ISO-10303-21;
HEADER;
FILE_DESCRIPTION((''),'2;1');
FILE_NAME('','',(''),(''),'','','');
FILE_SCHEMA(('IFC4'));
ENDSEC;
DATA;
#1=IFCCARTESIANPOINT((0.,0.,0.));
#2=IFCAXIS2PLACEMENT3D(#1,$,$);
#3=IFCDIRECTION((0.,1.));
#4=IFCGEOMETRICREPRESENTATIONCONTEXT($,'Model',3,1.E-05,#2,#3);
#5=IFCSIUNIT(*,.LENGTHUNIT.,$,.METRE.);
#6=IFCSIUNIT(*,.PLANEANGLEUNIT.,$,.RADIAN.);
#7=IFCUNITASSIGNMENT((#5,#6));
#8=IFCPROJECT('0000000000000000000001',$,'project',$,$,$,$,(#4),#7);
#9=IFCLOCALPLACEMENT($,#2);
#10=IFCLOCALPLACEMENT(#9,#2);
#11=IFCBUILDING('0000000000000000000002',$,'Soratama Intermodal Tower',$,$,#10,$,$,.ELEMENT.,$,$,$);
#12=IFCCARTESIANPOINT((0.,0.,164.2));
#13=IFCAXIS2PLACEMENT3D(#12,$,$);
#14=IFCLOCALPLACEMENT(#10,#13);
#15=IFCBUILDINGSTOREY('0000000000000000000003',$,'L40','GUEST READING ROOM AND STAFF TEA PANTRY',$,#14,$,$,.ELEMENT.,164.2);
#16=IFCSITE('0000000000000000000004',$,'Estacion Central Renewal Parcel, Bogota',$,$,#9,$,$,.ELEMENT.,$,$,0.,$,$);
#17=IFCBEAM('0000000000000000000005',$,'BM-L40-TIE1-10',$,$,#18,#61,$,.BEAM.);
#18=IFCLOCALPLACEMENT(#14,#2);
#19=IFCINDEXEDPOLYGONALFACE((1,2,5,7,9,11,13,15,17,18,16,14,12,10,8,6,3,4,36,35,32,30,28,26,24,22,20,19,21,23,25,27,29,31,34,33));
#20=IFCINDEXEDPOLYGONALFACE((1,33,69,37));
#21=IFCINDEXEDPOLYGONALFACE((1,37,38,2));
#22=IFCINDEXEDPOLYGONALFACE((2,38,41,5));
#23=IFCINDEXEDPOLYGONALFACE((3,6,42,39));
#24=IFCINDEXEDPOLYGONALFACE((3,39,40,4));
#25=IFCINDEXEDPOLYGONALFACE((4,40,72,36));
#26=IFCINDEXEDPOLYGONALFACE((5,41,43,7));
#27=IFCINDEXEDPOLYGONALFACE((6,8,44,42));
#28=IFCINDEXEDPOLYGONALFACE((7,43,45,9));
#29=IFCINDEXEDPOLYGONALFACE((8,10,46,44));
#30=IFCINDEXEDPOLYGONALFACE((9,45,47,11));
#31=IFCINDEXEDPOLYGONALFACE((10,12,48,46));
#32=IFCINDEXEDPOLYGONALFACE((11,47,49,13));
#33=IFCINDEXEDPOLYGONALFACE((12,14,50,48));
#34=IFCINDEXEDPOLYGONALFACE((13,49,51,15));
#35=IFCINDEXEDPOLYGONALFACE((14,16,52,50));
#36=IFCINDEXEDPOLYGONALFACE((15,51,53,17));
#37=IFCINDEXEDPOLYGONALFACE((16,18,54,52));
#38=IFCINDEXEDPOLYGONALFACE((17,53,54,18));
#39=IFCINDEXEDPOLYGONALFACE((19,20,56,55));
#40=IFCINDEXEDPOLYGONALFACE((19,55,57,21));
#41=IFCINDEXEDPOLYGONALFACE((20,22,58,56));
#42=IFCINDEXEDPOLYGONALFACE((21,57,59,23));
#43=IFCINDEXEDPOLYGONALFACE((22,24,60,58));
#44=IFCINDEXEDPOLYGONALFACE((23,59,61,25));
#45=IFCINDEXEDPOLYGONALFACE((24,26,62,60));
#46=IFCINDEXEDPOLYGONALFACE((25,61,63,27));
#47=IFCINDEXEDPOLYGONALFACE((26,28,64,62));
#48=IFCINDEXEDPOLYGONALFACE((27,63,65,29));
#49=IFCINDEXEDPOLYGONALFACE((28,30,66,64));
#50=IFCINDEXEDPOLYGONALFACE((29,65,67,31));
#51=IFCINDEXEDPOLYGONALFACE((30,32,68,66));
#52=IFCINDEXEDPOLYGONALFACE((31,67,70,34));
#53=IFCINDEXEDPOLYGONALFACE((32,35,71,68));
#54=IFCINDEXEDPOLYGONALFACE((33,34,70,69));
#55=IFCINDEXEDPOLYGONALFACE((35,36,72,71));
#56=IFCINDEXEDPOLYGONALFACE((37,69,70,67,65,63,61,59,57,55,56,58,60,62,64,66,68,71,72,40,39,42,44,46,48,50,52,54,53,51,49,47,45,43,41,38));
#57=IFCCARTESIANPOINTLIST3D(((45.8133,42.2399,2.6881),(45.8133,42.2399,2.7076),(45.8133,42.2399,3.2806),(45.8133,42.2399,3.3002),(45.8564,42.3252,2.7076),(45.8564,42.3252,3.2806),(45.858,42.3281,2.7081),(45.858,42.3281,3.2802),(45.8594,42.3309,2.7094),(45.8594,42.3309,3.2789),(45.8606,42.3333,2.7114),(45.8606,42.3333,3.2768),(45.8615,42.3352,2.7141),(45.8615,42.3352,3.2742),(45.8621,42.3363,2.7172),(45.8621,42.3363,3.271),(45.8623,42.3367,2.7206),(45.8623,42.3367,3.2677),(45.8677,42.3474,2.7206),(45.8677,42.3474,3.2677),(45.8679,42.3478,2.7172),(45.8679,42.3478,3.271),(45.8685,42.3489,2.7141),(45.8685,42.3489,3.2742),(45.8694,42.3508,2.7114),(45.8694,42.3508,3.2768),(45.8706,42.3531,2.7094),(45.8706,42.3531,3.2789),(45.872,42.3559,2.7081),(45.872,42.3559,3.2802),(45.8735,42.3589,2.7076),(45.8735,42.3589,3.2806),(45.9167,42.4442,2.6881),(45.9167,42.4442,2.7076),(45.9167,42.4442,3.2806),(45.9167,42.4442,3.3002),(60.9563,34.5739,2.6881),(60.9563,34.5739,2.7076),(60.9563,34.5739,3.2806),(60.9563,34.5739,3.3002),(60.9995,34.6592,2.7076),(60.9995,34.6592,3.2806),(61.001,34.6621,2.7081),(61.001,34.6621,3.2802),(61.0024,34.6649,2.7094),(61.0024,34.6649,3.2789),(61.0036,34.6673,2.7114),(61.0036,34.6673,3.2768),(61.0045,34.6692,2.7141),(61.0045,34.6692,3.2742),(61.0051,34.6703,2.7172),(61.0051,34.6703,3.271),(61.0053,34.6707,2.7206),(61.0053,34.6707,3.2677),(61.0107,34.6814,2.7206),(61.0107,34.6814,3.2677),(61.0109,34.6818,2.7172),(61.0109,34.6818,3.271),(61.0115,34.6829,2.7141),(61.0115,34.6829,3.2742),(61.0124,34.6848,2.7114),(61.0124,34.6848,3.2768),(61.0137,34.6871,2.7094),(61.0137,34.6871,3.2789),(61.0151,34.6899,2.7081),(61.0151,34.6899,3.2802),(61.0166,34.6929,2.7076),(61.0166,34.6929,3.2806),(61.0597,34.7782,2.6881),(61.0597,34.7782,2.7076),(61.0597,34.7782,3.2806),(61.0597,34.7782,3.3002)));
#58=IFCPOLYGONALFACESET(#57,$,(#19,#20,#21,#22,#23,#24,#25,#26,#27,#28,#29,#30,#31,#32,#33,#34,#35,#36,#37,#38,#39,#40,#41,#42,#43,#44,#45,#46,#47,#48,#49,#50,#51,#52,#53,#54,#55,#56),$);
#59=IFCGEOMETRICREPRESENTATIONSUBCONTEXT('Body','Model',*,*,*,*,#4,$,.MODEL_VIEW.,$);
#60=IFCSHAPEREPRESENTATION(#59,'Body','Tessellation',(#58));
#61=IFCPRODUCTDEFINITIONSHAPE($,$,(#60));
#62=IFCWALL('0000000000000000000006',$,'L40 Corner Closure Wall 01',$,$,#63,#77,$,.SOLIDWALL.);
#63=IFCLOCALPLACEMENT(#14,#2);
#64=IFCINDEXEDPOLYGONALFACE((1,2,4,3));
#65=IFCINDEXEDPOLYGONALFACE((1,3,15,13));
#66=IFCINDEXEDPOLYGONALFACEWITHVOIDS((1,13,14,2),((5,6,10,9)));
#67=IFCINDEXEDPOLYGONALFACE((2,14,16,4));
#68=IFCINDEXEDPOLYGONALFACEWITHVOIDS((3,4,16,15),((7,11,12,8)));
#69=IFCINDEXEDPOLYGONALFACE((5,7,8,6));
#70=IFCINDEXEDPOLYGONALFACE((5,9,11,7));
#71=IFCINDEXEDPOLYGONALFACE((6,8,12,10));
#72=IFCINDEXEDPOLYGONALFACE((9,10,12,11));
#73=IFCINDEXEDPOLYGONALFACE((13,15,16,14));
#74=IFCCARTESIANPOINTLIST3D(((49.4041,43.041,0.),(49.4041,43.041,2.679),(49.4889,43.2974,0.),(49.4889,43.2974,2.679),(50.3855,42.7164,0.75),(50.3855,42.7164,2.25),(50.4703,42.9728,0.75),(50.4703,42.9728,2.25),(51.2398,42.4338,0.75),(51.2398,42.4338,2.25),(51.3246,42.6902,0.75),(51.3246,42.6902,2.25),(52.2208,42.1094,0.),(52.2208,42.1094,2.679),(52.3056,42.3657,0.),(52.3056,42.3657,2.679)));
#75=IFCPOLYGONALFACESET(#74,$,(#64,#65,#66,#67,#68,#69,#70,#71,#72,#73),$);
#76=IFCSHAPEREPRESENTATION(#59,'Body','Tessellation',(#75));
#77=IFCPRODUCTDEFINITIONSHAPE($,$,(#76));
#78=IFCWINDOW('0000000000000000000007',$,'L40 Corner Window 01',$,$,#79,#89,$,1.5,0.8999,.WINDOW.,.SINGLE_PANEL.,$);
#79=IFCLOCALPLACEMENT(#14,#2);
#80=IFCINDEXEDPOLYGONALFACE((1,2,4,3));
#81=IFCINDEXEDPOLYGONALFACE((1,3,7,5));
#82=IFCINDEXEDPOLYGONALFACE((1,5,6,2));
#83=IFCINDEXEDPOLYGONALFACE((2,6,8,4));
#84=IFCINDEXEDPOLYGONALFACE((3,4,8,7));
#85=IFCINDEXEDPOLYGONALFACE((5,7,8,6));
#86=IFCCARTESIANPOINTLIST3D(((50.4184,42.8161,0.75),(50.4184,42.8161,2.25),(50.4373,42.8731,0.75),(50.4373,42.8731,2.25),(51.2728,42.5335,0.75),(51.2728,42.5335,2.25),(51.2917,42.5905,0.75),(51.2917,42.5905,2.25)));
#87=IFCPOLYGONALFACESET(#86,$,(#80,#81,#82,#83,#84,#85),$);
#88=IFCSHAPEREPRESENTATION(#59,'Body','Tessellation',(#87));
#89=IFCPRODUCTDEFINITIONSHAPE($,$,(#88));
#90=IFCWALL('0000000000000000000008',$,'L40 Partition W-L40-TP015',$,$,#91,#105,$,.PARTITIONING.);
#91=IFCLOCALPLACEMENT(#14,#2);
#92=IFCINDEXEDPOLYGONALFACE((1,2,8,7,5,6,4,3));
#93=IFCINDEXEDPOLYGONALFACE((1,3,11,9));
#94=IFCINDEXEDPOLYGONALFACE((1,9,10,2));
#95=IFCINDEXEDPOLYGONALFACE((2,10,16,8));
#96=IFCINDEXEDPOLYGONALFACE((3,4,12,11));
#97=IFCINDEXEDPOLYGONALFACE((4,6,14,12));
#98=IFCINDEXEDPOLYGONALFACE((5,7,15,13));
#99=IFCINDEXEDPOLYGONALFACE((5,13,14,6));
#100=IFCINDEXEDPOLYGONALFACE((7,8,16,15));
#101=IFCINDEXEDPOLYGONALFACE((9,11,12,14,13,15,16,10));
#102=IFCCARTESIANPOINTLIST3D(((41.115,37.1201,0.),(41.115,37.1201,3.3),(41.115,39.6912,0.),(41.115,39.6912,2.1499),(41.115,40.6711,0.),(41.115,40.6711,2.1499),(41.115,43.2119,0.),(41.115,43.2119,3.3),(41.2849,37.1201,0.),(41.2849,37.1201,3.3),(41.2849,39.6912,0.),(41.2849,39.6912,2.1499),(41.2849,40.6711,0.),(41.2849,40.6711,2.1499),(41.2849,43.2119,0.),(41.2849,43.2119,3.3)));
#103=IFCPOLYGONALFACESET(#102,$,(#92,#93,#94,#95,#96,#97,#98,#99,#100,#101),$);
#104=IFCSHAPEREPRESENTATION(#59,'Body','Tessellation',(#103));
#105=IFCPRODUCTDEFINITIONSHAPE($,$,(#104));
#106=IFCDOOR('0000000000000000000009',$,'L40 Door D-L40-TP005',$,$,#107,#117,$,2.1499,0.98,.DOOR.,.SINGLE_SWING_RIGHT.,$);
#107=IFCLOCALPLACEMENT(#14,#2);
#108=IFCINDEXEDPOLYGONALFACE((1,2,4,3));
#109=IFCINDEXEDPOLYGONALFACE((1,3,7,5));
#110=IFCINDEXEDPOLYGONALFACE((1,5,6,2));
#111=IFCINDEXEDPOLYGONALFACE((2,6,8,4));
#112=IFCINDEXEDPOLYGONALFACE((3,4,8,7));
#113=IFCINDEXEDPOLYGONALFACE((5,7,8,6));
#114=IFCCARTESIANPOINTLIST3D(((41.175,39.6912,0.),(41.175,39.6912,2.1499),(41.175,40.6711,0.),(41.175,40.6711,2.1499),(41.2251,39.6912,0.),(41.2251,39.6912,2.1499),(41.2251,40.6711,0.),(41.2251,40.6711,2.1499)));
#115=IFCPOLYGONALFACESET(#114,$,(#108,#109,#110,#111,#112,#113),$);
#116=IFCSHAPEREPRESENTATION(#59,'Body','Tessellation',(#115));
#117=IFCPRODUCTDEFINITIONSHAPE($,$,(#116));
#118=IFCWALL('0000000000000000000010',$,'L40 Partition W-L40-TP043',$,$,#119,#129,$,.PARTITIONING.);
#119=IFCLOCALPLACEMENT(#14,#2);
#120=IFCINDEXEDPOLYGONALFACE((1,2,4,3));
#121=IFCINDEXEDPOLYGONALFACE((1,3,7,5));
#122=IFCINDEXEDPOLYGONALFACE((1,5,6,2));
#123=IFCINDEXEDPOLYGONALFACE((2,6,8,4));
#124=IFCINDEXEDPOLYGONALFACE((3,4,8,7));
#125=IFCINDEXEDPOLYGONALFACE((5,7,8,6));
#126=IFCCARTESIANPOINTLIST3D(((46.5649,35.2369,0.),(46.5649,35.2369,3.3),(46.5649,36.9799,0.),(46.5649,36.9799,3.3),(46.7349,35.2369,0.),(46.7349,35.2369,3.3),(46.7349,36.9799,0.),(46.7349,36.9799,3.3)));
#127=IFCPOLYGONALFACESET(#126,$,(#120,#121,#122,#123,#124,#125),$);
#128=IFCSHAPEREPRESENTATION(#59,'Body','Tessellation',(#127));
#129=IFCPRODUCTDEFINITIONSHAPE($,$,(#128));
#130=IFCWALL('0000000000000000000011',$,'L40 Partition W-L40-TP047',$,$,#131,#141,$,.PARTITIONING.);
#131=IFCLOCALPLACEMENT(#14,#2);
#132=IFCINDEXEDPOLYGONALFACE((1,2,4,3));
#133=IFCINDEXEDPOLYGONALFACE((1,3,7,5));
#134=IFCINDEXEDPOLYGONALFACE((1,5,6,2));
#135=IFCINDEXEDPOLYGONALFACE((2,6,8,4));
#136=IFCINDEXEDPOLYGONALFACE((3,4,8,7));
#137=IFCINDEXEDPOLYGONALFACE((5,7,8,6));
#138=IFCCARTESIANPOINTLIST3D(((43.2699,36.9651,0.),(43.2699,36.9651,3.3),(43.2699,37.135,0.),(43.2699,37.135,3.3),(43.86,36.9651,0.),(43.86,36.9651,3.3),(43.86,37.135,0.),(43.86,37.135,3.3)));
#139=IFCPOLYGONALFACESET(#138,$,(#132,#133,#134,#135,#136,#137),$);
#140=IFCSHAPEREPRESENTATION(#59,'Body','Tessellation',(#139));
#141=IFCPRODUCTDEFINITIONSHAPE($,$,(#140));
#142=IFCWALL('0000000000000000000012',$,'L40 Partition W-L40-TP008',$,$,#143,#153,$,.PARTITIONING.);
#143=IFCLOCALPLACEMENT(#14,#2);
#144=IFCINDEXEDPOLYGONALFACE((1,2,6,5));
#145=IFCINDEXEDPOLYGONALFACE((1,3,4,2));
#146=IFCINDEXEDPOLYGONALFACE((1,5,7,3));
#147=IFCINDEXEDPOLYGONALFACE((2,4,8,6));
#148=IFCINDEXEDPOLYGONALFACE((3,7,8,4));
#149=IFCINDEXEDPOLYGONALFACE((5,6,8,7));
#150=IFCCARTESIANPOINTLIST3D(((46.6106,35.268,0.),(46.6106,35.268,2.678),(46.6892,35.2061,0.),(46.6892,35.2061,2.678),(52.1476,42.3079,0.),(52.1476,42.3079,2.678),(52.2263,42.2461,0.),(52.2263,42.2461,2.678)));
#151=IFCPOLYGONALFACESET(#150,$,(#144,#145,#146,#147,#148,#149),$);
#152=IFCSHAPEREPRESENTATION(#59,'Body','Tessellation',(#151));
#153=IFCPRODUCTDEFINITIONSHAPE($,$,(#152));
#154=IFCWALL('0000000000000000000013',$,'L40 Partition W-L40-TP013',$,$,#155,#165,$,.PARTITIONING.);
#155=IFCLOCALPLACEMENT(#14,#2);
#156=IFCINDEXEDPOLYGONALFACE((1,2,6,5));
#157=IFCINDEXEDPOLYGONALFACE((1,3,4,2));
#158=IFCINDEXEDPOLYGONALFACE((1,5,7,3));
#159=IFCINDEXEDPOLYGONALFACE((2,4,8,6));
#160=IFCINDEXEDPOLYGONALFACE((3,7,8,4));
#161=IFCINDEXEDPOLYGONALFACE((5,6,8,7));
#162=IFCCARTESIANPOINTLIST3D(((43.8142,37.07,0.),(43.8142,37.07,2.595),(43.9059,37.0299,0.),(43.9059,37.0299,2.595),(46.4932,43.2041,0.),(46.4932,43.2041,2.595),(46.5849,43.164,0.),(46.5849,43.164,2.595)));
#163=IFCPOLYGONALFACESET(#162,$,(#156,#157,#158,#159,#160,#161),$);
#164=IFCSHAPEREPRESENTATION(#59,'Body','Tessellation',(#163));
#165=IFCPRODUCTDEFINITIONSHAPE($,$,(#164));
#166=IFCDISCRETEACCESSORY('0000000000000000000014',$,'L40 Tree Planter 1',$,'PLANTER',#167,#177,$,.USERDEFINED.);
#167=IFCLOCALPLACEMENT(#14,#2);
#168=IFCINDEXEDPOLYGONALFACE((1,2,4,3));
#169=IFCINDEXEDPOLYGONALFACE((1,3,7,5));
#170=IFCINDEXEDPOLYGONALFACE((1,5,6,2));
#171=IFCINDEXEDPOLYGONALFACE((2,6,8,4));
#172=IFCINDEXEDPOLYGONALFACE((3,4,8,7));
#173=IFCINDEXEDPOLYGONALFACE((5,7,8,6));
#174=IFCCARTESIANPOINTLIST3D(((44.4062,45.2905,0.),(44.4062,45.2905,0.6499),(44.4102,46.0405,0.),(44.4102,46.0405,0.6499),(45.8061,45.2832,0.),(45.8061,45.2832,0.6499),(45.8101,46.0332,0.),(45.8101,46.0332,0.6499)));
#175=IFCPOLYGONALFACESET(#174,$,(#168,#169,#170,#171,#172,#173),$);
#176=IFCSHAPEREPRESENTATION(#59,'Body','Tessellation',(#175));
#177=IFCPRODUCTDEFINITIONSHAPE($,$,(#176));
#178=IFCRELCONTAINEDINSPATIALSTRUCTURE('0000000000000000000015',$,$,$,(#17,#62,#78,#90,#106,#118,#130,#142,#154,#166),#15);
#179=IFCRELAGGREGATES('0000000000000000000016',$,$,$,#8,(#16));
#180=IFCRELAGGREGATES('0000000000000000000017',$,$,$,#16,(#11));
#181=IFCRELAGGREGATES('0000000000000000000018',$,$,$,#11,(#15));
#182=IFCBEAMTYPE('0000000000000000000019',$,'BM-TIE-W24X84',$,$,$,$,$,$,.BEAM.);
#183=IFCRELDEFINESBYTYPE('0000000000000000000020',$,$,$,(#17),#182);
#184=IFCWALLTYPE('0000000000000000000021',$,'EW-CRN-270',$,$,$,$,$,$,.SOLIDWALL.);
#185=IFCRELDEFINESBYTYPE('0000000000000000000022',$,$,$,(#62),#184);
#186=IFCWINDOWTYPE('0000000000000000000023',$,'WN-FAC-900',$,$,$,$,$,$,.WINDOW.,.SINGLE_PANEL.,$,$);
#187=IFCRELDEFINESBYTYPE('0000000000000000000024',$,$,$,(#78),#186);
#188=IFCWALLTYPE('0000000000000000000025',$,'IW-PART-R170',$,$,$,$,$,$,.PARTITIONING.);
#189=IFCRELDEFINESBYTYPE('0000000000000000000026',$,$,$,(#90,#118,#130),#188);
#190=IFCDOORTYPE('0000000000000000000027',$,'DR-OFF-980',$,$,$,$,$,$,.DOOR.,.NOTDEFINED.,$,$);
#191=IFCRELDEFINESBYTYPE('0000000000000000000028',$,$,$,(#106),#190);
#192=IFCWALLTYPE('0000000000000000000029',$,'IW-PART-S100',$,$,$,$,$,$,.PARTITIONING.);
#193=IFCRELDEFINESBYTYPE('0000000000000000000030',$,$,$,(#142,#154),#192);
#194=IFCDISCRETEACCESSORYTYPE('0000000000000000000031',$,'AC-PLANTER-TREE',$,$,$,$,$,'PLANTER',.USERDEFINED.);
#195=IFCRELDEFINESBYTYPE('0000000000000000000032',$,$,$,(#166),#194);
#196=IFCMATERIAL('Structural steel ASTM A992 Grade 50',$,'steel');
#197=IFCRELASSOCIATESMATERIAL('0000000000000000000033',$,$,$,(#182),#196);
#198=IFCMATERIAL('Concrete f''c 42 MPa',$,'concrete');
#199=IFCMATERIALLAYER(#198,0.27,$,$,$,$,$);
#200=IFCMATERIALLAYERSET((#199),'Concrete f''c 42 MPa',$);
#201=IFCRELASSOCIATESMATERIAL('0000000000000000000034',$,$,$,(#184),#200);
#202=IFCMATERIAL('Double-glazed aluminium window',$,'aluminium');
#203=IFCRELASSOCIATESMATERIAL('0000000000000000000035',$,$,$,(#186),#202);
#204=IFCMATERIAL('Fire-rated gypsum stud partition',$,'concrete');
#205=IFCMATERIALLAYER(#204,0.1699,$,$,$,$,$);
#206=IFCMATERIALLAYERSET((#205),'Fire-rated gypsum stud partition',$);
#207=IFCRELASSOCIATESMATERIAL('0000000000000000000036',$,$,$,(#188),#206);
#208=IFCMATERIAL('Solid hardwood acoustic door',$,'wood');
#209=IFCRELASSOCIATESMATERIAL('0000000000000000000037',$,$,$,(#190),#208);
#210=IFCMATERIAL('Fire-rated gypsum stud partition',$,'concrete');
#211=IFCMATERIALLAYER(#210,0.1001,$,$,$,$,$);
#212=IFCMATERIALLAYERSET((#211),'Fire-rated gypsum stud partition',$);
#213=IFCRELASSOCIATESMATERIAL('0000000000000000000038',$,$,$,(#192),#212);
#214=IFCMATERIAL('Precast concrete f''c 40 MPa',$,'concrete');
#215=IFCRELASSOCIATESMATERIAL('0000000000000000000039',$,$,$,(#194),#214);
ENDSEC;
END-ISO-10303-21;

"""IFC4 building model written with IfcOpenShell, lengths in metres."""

from ifc_helpers import new_model, si_unit, direction, frame, frame_2d, origin, origin_2d, place, context, subcontext, project, spatial, rectangle, i_section, extrude, material, layer, layer_set, material_profile, profile_set, type_object, element, fill, save


model = new_model("IFC4")

# Units and contexts
model_context = context("Model", 3, precision=1e-05, world=origin(), true_north=direction((0.0, 1.0)))
body_context = subcontext(model_context, "Body", "Model", "MODEL_VIEW")
ifc_project = project(units=[si_unit("LENGTHUNIT", "METRE"), si_unit("PLANEANGLEUNIT", "RADIAN")], contexts=[model_context])

# Site, building, storey
site_placement = place(None, origin())
site = spatial("IfcSite", under=ifc_project, at=site_placement, Name="Estacion Central Renewal Parcel, Bogota", CompositionType="ELEMENT", RefElevation=0.0)
building_placement = place(site_placement, origin())
building = spatial("IfcBuilding", under=site, at=building_placement, Name="Soratama Intermodal Tower", CompositionType="ELEMENT")
storey_placement = place(building_placement, frame((0.0, 0.0, 164.2)))
storey = spatial("IfcBuildingStorey", under=building, at=storey_placement, Name="L40", Description="GUEST READING ROOM AND STAFF TEA PANTRY", CompositionType="ELEMENT", Elevation=164.2)

# Beam
ifc_material_1 = material(Name="Structural steel ASTM A992 Grade 50", Category="steel")
ifc_material_profile_1 = material_profile(ifc_material_1, i_section(OverallWidth=0.229, OverallDepth=0.6121, WebThickness=0.012, FlangeThickness=0.0195, FilletRadius=0.0129, at=origin_2d()), Name="W24X84")
ifc_profile_set_1 = profile_set([ifc_material_profile_1], Name="Structural steel ASTM A992 Grade 50")
beam_type_1 = type_object("IfcBeamType", Name="BM-TIE-W24X84", PredefinedType="BEAM", material=ifc_profile_set_1)
beam_1_placement = place(storey_placement, frame((45.865, 42.342, 2.9941), z_axis=(0.892189, -0.451661, 0.0), x_axis=(0.451661, 0.892189, 0.0)))
element("IfcBeam", 1, at=beam_1_placement, inside=storey, type_object=beam_type_1, Name="BM-L40-TIE1-10", PredefinedType="BEAM", context=body_context, shape_type="SweptSolid", body=[
    extrude(i_section(OverallWidth=0.229, OverallDepth=0.6121, WebThickness=0.012, FlangeThickness=0.0195, FilletRadius=0.0129, at=origin_2d()), origin(), (0.0, 0.0, 1.0), 16.9729),
])

# Wall, opening, window
ifc_material_2 = material(Name="Concrete f'c 42 MPa", Category="concrete")
ifc_layer_1 = layer(ifc_material_2, 0.27)
ifc_layer_set_1 = layer_set([ifc_layer_1], Name="Concrete f'c 42 MPa")
wall_type_1 = type_object("IfcWallType", Name="EW-CRN-270", PredefinedType="SOLIDWALL", material=ifc_layer_set_1)
wall_1_placement = place(storey_placement, frame((52.2632, 42.2375, 0.0), z_axis=(0.0, 0.0, 1.0), x_axis=(-0.949413, 0.31403, 0.0)))
wall_1 = element("IfcWall", 2, at=wall_1_placement, inside=storey, type_object=wall_type_1, Name="L40 Corner Closure Wall 01", PredefinedType="SOLIDWALL", context=body_context, shape_type="SweptSolid", body=[
    extrude(rectangle(XDim=2.9668, YDim=0.27, at=frame_2d((1.4834, 0.0))), origin(), (0.0, 0.0, 1.0), 2.679),
])
opening_1_placement = place(wall_1_placement, frame((1.0332, 0.0, 0.75)))
opening_1 = element("IfcOpeningElement", 3, at=opening_1_placement, cuts=wall_1, PredefinedType="OPENING", context=body_context, shape_type="SweptSolid", body=[
    extrude(rectangle(XDim=0.8999, YDim=1.5, at=frame_2d((0.45, 0.75))), frame((0.0, 0.145, 0.0), z_axis=(0.0, -1.0, 0.0), x_axis=(1.0, 0.0, 0.0)), (0.0, 0.0, 1.0), 0.29),
])
ifc_material_3 = material(Name="Double-glazed aluminium window", Category="aluminium")
window_type_1 = type_object("IfcWindowType", Name="WN-FAC-900", PartitioningType="SINGLE_PANEL", PredefinedType="WINDOW", material=ifc_material_3)
window_1_placement = place(opening_1_placement, origin())
window_1 = element("IfcWindow", 4, at=window_1_placement, inside=storey, type_object=window_type_1, Name="L40 Corner Window 01", OverallHeight=1.5, OverallWidth=0.8999, PartitioningType="SINGLE_PANEL", PredefinedType="WINDOW", context=body_context, shape_type="SweptSolid", body=[
    extrude(rectangle(XDim=0.8999, YDim=1.5, at=frame_2d((0.45, 0.75))), frame((0.0, 0.03, 0.0), z_axis=(0.0, -1.0, 0.0), x_axis=(1.0, 0.0, 0.0)), (0.0, 0.0, 1.0), 0.0601),
])
fill(opening_1, window_1)

# Wall, opening, door
ifc_material_4 = material(Name="Fire-rated gypsum stud partition", Category="concrete")
ifc_layer_2 = layer(ifc_material_4, 0.1699)
ifc_layer_set_2 = layer_set([ifc_layer_2], Name="Fire-rated gypsum stud partition")
wall_type_2 = type_object("IfcWallType", Name="IW-PART-R170", PredefinedType="PARTITIONING", material=ifc_layer_set_2)
wall_2_placement = place(storey_placement, frame((41.2, 37.1201, 0.0), z_axis=(0.0, 0.0, 1.0), x_axis=(0.0, 1.0, 0.0)))
wall_2 = element("IfcWall", 5, at=wall_2_placement, inside=storey, type_object=wall_type_2, Name="L40 Partition W-L40-TP015", PredefinedType="PARTITIONING", context=body_context, shape_type="SweptSolid", body=[
    extrude(rectangle(XDim=6.0918, YDim=0.1699, at=frame_2d((3.0459, 0.0))), origin(), (0.0, 0.0, 1.0), 3.3),
])
opening_2_placement = place(wall_2_placement, frame((2.571, 0.0, 0.0)))
opening_2 = element("IfcOpeningElement", 6, at=opening_2_placement, cuts=wall_2, PredefinedType="OPENING", context=body_context, shape_type="SweptSolid", body=[
    extrude(rectangle(XDim=0.98, YDim=2.1499, at=frame_2d((0.49, 1.075))), frame((0.0, 0.095, 0.0), z_axis=(0.0, -1.0, 0.0), x_axis=(1.0, 0.0, 0.0)), (0.0, 0.0, 1.0), 0.1899),
])
ifc_material_5 = material(Name="Solid hardwood acoustic door", Category="wood")
door_type_1 = type_object("IfcDoorType", Name="DR-OFF-980", OperationType="NOTDEFINED", PredefinedType="DOOR", material=ifc_material_5)
door_1_placement = place(opening_2_placement, origin())
door_1 = element("IfcDoor", 7, at=door_1_placement, inside=storey, type_object=door_type_1, Name="L40 Door D-L40-TP005", OperationType="SINGLE_SWING_RIGHT", OverallHeight=2.1499, OverallWidth=0.98, PredefinedType="DOOR", context=body_context, shape_type="SweptSolid", body=[
    extrude(rectangle(XDim=0.98, YDim=2.1499, at=frame_2d((0.49, 1.075))), frame((0.0, 0.0249, 0.0), z_axis=(0.0, -1.0, 0.0), x_axis=(1.0, 0.0, 0.0)), (0.0, 0.0, 1.0), 0.05),
])
fill(opening_2, door_1)

# Walls
wall_3_placement = place(storey_placement, frame((46.6499, 36.98, 0.0), z_axis=(0.0, 0.0, 1.0), x_axis=(0.0, -1.0, 0.0)))
element("IfcWall", 8, at=wall_3_placement, inside=storey, type_object=wall_type_2, Name="L40 Partition W-L40-TP043", PredefinedType="PARTITIONING", context=body_context, shape_type="SweptSolid", body=[
    extrude(rectangle(XDim=1.7429, YDim=0.1699, at=frame_2d((0.8716, 0.0))), origin(), (0.0, 0.0, 1.0), 3.3),
])
wall_4_placement = place(storey_placement, frame((43.27, 37.05, 0.0), z_axis=(0.0, 0.0, 1.0), x_axis=(1.0, 0.0, 0.0)))
element("IfcWall", 9, at=wall_4_placement, inside=storey, type_object=wall_type_2, Name="L40 Partition W-L40-TP047", PredefinedType="PARTITIONING", context=body_context, shape_type="SweptSolid", body=[
    extrude(rectangle(XDim=0.5901, YDim=0.1699, at=frame_2d((0.2949, 0.0))), origin(), (0.0, 0.0, 1.0), 3.3),
])
ifc_material_6 = material(Name="Fire-rated gypsum stud partition", Category="concrete")
ifc_layer_3 = layer(ifc_material_6, 0.1001)
ifc_layer_set_3 = layer_set([ifc_layer_3], Name="Fire-rated gypsum stud partition")
wall_type_3 = type_object("IfcWallType", Name="IW-PART-S100", PredefinedType="PARTITIONING", material=ifc_layer_set_3)
wall_5_placement = place(storey_placement, frame((46.6499, 35.2371, 0.0), z_axis=(0.0, 0.0, 1.0), x_axis=(0.618212, 0.786012, 0.0)))
element("IfcWall", 10, at=wall_5_placement, inside=storey, type_object=wall_type_3, Name="L40 Partition W-L40-TP008", PredefinedType="PARTITIONING", context=body_context, shape_type="SweptSolid", body=[
    extrude(rectangle(XDim=8.9565, YDim=0.1001, at=frame_2d((4.4783, 0.0))), origin(), (0.0, 0.0, 1.0), 2.678),
])
wall_6_placement = place(storey_placement, frame((43.8601, 37.05, 0.0), z_axis=(0.0, 0.0, 1.0), x_axis=(0.400231, 0.916414, 0.0)))
element("IfcWall", 11, at=wall_6_placement, inside=storey, type_object=wall_type_3, Name="L40 Partition W-L40-TP013", PredefinedType="PARTITIONING", context=body_context, shape_type="SweptSolid", body=[
    extrude(rectangle(XDim=6.6936, YDim=0.1001, at=frame_2d((3.3467, 0.0))), origin(), (0.0, 0.0, 1.0), 2.595),
])

# Discrete accessory
ifc_material_7 = material(Name="Precast concrete f'c 40 MPa", Category="concrete")
discrete_accessory_type = type_object("IfcDiscreteAccessoryType", Name="AC-PLANTER-TREE", ElementType="PLANTER", PredefinedType="USERDEFINED", material=ifc_material_7)
discrete_accessory_placement = place(storey_placement, frame((45.1082, 45.6619, 0.0), z_axis=(0.0, 0.0, 1.0), x_axis=(0.005236, 0.999986, 0.0)))
element("IfcDiscreteAccessory", 12, at=discrete_accessory_placement, inside=storey, type_object=discrete_accessory_type, Name="L40 Tree Planter 1", ObjectType="PLANTER", PredefinedType="USERDEFINED", context=body_context, shape_type="SweptSolid", body=[
    extrude(rectangle(XDim=0.75, YDim=1.3999, at=origin_2d()), origin(), (0.0, 0.0, 1.0), 0.6499),
])

save(model, "model.ifc")
